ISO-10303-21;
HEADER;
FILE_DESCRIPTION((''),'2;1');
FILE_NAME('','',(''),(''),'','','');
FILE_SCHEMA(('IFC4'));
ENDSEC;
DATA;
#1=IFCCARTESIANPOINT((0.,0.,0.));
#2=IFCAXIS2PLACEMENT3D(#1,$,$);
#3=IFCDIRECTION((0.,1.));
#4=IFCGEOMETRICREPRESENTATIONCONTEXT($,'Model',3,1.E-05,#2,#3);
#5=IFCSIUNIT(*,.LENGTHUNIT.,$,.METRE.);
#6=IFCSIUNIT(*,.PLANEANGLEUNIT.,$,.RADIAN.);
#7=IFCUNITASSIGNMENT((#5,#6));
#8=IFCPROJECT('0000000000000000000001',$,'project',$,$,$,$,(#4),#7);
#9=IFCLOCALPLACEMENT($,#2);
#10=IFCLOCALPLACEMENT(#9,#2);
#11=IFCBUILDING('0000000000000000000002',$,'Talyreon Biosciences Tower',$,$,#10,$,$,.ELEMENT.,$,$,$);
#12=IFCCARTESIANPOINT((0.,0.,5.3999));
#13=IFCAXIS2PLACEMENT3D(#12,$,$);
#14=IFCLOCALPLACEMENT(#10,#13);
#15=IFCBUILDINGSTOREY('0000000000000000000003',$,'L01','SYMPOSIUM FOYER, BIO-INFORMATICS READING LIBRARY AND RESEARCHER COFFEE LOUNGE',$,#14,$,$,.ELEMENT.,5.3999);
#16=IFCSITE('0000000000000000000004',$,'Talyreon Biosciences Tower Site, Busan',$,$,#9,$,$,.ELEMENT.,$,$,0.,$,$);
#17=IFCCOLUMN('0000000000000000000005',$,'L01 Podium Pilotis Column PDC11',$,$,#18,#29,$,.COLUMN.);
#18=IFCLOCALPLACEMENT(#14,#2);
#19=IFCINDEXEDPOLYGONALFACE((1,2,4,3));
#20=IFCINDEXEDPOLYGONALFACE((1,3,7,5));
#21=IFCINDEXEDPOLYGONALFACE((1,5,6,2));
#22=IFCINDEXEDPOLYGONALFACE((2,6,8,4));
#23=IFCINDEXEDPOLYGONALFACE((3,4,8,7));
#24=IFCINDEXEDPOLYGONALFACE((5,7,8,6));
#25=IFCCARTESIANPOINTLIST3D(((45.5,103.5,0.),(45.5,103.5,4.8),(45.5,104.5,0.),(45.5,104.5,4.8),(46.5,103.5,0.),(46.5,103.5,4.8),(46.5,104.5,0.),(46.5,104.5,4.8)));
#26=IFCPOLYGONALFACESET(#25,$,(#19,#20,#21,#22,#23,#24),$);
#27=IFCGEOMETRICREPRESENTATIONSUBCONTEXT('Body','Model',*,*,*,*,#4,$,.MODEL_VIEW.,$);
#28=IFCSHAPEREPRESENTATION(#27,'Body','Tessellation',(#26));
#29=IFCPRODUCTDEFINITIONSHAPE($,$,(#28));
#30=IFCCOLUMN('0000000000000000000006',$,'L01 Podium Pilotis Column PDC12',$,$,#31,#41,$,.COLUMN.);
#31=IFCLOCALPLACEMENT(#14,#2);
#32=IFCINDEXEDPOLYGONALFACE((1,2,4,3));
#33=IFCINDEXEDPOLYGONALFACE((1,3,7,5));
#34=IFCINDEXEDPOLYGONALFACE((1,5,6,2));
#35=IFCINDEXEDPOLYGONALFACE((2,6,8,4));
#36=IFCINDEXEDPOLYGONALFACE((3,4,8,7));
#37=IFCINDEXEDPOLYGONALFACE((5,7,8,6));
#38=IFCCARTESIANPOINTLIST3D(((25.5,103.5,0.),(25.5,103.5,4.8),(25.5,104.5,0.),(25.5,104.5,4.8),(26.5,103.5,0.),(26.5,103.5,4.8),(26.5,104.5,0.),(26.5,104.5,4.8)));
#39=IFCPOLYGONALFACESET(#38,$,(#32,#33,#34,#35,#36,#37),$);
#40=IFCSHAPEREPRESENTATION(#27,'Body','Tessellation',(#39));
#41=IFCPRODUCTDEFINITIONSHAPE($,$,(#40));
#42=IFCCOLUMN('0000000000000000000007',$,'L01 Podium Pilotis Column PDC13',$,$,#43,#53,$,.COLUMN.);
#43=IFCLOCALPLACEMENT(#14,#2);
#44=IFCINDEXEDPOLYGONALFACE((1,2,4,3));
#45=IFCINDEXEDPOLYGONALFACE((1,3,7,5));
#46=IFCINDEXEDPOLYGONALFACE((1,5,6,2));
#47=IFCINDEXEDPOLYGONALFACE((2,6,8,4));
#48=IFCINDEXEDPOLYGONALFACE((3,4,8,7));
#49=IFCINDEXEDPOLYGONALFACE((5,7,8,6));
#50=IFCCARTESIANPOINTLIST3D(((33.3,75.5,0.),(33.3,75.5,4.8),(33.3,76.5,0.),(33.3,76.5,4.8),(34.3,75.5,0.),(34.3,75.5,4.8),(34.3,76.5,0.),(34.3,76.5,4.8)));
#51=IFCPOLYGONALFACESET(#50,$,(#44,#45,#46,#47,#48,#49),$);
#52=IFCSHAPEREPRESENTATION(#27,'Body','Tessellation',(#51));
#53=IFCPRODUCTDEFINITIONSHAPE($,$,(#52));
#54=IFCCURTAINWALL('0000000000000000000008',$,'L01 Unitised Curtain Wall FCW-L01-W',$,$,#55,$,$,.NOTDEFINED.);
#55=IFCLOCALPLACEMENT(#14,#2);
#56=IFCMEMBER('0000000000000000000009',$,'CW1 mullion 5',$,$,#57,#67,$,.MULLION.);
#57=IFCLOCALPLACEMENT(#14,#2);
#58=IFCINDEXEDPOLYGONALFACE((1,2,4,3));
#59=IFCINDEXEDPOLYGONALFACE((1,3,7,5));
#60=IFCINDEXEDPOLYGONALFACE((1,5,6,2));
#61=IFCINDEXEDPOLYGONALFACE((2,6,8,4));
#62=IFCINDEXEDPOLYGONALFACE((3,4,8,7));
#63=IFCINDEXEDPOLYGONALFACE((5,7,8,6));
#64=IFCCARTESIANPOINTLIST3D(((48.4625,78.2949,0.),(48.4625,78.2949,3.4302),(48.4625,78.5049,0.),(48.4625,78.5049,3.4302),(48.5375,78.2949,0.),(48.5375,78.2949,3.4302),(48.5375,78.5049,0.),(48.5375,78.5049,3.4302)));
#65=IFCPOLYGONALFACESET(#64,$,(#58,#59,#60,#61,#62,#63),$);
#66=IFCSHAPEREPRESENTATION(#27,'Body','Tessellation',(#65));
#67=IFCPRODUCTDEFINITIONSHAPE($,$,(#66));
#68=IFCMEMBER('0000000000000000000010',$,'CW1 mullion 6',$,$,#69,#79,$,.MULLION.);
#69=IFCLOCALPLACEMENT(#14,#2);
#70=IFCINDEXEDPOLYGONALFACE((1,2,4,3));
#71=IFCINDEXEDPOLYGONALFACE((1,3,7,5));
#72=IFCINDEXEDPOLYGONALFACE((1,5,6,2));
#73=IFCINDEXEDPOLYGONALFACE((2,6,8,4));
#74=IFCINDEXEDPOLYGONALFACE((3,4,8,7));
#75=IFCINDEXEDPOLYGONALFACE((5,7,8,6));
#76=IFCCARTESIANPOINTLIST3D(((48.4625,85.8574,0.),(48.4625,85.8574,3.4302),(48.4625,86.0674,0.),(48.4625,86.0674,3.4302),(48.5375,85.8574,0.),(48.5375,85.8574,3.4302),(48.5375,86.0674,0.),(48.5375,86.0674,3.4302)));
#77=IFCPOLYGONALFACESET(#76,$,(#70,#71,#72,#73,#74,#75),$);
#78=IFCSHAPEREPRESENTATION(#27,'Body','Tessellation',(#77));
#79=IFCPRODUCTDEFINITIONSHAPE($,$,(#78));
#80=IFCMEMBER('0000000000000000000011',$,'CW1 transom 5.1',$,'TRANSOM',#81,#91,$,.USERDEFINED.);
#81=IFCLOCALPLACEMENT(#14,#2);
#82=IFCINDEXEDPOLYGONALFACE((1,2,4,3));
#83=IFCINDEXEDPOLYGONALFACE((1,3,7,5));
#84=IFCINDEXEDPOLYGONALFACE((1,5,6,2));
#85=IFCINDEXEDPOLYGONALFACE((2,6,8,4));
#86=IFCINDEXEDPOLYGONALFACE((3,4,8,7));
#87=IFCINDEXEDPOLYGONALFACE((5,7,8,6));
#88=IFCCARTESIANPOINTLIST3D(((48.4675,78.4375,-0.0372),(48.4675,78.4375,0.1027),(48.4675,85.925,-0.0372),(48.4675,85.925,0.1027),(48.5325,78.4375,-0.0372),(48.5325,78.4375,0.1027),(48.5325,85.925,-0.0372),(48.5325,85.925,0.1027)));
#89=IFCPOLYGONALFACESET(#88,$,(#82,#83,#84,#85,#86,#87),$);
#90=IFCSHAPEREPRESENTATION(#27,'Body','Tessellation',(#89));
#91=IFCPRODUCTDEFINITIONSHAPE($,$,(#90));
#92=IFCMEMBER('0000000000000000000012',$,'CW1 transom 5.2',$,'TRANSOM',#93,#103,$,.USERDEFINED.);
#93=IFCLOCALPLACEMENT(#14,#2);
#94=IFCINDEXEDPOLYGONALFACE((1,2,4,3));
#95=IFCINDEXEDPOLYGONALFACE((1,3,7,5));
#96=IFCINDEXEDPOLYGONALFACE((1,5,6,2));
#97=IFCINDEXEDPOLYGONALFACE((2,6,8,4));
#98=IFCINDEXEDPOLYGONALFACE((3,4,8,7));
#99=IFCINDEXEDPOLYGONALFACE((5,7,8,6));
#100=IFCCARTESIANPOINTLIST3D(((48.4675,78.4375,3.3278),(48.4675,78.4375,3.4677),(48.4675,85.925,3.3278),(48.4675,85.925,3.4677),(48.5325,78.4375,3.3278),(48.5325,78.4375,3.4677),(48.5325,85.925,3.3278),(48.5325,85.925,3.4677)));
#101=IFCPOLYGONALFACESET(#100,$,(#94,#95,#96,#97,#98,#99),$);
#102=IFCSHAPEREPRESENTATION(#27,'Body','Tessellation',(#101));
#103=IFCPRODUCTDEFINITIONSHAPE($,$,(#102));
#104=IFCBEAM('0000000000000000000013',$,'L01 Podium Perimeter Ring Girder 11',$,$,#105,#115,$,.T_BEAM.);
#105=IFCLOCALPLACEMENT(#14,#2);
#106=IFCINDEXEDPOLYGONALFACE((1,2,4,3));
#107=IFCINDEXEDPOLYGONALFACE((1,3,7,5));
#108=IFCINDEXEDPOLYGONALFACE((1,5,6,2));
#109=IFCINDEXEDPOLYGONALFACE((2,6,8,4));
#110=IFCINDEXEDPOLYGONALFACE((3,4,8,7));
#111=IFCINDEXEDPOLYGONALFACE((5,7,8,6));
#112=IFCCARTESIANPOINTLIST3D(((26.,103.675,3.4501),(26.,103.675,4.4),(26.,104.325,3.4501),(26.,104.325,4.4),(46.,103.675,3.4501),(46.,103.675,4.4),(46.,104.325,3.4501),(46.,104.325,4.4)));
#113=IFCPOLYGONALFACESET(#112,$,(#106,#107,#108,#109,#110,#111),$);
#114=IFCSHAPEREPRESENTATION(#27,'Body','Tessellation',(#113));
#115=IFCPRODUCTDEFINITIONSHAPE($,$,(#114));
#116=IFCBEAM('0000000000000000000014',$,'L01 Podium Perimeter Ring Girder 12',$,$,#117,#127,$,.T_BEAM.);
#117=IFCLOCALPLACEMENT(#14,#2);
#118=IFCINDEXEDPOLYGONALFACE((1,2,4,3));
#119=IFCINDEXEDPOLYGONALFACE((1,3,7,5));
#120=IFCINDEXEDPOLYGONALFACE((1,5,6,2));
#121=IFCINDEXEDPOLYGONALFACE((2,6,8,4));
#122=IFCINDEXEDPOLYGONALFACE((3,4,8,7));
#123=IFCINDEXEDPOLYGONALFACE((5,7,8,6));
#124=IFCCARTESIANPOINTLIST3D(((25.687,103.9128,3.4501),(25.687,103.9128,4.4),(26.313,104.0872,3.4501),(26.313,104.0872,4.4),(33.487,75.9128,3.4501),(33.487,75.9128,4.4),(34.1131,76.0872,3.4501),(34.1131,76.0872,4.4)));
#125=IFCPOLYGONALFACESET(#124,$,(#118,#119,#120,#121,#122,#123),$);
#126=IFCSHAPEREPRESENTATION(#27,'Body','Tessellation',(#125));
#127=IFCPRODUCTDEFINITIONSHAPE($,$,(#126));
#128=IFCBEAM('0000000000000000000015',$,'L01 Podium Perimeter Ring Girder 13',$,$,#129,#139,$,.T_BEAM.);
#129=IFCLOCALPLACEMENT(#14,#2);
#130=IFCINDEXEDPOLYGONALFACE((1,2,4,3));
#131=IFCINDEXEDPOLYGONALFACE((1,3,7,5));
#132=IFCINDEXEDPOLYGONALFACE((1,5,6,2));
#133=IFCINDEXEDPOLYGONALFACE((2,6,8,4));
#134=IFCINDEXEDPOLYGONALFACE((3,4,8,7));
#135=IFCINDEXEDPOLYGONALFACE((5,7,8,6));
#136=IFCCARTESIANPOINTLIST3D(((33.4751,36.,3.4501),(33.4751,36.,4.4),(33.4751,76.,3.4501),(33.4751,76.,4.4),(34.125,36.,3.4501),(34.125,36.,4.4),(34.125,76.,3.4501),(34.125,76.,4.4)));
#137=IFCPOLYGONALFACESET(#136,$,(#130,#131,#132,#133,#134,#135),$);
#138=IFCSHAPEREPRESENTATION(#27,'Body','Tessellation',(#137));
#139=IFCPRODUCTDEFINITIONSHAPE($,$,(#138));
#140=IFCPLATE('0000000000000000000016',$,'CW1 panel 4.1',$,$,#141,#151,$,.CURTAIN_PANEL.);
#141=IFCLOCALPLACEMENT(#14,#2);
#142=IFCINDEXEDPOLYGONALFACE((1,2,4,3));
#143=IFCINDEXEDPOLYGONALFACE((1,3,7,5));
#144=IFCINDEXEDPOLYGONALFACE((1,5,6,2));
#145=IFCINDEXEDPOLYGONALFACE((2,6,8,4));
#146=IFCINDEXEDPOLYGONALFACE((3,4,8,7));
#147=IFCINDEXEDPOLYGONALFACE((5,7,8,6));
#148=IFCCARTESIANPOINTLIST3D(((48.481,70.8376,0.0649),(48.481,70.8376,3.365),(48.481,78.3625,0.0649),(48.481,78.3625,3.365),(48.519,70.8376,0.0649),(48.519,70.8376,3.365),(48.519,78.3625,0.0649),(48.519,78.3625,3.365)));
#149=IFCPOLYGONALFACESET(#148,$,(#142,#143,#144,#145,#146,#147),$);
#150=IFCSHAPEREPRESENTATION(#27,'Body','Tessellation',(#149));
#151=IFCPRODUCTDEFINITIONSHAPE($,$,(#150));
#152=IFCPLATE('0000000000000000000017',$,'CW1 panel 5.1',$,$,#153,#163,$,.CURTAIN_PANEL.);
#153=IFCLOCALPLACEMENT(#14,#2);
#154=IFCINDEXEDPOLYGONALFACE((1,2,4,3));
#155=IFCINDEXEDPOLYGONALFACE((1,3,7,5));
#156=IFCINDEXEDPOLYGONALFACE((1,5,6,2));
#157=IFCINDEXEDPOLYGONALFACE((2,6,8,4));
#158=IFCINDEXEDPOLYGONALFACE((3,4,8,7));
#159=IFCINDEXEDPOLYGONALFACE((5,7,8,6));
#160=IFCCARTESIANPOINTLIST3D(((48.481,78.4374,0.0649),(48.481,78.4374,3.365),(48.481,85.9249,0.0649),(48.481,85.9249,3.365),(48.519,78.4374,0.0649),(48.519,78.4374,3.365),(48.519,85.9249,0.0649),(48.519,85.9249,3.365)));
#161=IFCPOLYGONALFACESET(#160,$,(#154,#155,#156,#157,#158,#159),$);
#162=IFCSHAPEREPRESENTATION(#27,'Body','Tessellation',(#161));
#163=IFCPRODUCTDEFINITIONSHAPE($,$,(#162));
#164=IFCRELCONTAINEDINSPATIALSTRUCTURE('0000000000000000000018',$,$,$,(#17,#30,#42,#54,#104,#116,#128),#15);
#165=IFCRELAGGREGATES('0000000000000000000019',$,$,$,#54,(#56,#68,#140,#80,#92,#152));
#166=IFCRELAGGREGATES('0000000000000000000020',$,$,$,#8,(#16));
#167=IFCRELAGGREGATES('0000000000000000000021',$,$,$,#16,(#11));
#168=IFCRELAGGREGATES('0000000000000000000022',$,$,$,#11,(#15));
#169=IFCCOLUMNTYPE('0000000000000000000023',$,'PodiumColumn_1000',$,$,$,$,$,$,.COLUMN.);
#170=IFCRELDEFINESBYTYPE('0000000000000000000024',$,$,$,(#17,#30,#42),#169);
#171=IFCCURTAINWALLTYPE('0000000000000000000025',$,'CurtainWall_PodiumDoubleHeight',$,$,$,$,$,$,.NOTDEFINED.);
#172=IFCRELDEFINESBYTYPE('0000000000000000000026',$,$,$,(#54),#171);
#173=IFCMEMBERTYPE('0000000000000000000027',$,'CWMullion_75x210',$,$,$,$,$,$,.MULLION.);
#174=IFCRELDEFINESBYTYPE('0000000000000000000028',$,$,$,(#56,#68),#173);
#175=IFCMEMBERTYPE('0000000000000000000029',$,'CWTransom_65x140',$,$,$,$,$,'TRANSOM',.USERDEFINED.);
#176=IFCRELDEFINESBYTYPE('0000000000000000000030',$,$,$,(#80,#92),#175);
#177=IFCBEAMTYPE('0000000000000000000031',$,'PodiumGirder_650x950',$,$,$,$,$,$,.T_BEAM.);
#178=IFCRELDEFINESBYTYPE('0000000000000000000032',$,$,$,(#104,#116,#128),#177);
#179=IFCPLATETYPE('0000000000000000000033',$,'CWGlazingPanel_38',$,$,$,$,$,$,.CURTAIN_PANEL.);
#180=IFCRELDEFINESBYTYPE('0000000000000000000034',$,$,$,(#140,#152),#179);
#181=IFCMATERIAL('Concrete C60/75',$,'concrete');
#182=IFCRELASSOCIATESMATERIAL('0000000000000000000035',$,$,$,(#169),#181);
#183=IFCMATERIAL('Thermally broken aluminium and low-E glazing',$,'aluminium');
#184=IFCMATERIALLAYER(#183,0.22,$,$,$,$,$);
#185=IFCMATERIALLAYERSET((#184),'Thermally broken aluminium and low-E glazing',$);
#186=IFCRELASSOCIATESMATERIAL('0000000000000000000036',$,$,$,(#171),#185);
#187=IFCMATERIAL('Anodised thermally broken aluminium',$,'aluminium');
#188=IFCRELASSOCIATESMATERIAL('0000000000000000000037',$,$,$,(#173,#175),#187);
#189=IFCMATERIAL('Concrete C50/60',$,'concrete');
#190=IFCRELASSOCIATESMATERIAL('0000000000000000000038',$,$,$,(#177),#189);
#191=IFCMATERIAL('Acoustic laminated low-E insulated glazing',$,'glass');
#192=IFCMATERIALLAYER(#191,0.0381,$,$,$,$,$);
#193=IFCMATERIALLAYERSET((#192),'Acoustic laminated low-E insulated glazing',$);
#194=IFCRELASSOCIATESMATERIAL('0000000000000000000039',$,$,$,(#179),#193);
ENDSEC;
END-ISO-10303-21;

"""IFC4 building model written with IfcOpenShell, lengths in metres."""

from ifc_helpers import new_model, si_unit, direction, frame, origin, origin_2d, place, context, subcontext, project, spatial, rectangle, extrude, material, layer, layer_set, material_profile, profile_set, type_object, element, aggregate, save


model = new_model("IFC4")

# Units and contexts
model_context = context("Model", 3, precision=1e-05, world=origin(), true_north=direction((0.0, 1.0)))
body_context = subcontext(model_context, "Body", "Model", "MODEL_VIEW")
ifc_project = project(units=[si_unit("LENGTHUNIT", "METRE"), si_unit("PLANEANGLEUNIT", "RADIAN")], contexts=[model_context])

# Site, building, storey
site_placement = place(None, origin())
site = spatial("IfcSite", under=ifc_project, at=site_placement, Name="Talyreon Biosciences Tower Site, Busan", CompositionType="ELEMENT", RefElevation=0.0)
building_placement = place(site_placement, origin())
building = spatial("IfcBuilding", under=site, at=building_placement, Name="Talyreon Biosciences Tower", CompositionType="ELEMENT")
storey_placement = place(building_placement, frame((0.0, 0.0, 5.3999)))
storey = spatial("IfcBuildingStorey", under=building, at=storey_placement, Name="L01", Description="SYMPOSIUM FOYER, BIO-INFORMATICS READING LIBRARY AND RESEARCHER COFFEE LOUNGE", CompositionType="ELEMENT", Elevation=5.3999)

# Columns
ifc_material_1 = material(Name="Concrete C60/75", Category="concrete")
ifc_material_profile_1 = material_profile(ifc_material_1, rectangle(XDim=1.0, YDim=1.0, at=origin_2d()), Name="RC 1000x1000")
ifc_profile_set_1 = profile_set([ifc_material_profile_1], Name="Concrete C60/75")
column_type = type_object("IfcColumnType", Name="PodiumColumn_1000", PredefinedType="COLUMN", material=ifc_profile_set_1)
for number, where, z_axis, x_axis, name in (
    (1, (46.0, 104.0, 0.0), (0.0, 0.0, 1.0), (1.0, 0.0, 0.0), "L01 Podium Pilotis Column PDC11"),
    (2, (26.0, 104.0, 0.0), (0.0, 0.0, 1.0), (1.0, 0.0, 0.0), "L01 Podium Pilotis Column PDC12"),
    (3, (33.8, 76.0, 0.0), (0.0, 0.0, 1.0), (1.0, 0.0, 0.0), "L01 Podium Pilotis Column PDC13"),
):
    element("IfcColumn", number, at=place(storey_placement, frame(where, z_axis=z_axis, x_axis=x_axis)), inside=storey, type_object=column_type, Name=name, PredefinedType="COLUMN", context=body_context, shape_type="SweptSolid", body=[
        extrude(rectangle(XDim=1.0, YDim=1.0, at=origin_2d()), origin(), (0.0, 0.0, 1.0), 4.8),
    ])

# Curtain wall, members
ifc_material_2 = material(Name="Thermally broken aluminium and low-E glazing", Category="aluminium")
ifc_layer_1 = layer(ifc_material_2, 0.22)
ifc_layer_set_1 = layer_set([ifc_layer_1], Name="Thermally broken aluminium and low-E glazing")
curtain_wall_type = type_object("IfcCurtainWallType", Name="CurtainWall_PodiumDoubleHeight", PredefinedType="NOTDEFINED", material=ifc_layer_set_1)
curtain_wall_placement = place(storey_placement, origin())
curtain_wall = element("IfcCurtainWall", 4, at=curtain_wall_placement, inside=storey, type_object=curtain_wall_type, Name="L01 Unitised Curtain Wall FCW-L01-W", PredefinedType="NOTDEFINED")
ifc_material_3 = material(Name="Anodised thermally broken aluminium", Category="aluminium")
ifc_material_profile_2 = material_profile(ifc_material_3, rectangle(XDim=0.075, YDim=0.21, at=origin_2d()), Name="ALUM MULLION 75x210")
ifc_profile_set_2 = profile_set([ifc_material_profile_2], Name="Anodised thermally broken aluminium")
member_type_1 = type_object("IfcMemberType", Name="CWMullion_75x210", PredefinedType="MULLION", material=ifc_profile_set_2)
member_1_placement = place(storey_placement, frame((48.5, 78.3999, 0.0), z_axis=(0.0, 0.0, 1.0), x_axis=(-1.0, 0.0, 0.0)))
member_1 = element("IfcMember", 5, at=member_1_placement, type_object=member_type_1, Name="CW1 mullion 5", PredefinedType="MULLION", context=body_context, shape_type="SweptSolid", body=[
    extrude(rectangle(XDim=0.075, YDim=0.21, at=origin_2d()), origin(), (0.0, 0.0, 1.0), 3.4302),
])
member_2_placement = place(storey_placement, frame((48.5, 85.9624, 0.0), z_axis=(0.0, 0.0, 1.0), x_axis=(-1.0, 0.0, 0.0)))
member_2 = element("IfcMember", 6, at=member_2_placement, type_object=member_type_1, Name="CW1 mullion 6", PredefinedType="MULLION", context=body_context, shape_type="SweptSolid", body=[
    extrude(rectangle(XDim=0.075, YDim=0.21, at=origin_2d()), origin(), (0.0, 0.0, 1.0), 3.4302),
])
ifc_material_profile_3 = material_profile(ifc_material_3, rectangle(XDim=0.0649, YDim=0.1399, at=origin_2d()), Name="ALUM TRANSOM 65x140")
ifc_profile_set_3 = profile_set([ifc_material_profile_3], Name="Anodised thermally broken aluminium")
member_type_2 = type_object("IfcMemberType", Name="CWTransom_65x140", ElementType="TRANSOM", PredefinedType="USERDEFINED", material=ifc_profile_set_3)
member_3_placement = place(storey_placement, frame((48.5, 78.4375, 0.0327), z_axis=(0.0, 1.0, 0.0), x_axis=(-1.0, 0.0, 0.0)))
member_3 = element("IfcMember", 7, at=member_3_placement, type_object=member_type_2, Name="CW1 transom 5.1", ObjectType="TRANSOM", PredefinedType="USERDEFINED", context=body_context, shape_type="SweptSolid", body=[
    extrude(rectangle(XDim=0.0649, YDim=0.1399, at=origin_2d()), origin(), (0.0, 0.0, 1.0), 7.4875),
])
member_4_placement = place(storey_placement, frame((48.5, 78.4375, 3.3977), z_axis=(0.0, 1.0, 0.0), x_axis=(-1.0, 0.0, 0.0)))
member_4 = element("IfcMember", 8, at=member_4_placement, type_object=member_type_2, Name="CW1 transom 5.2", ObjectType="TRANSOM", PredefinedType="USERDEFINED", context=body_context, shape_type="SweptSolid", body=[
    extrude(rectangle(XDim=0.0649, YDim=0.1399, at=origin_2d()), origin(), (0.0, 0.0, 1.0), 7.4875),
])

# Beams
ifc_material_4 = material(Name="Concrete C50/60", Category="concrete")
ifc_material_profile_4 = material_profile(ifc_material_4, rectangle(XDim=0.6499, YDim=0.95, at=origin_2d()), Name="RCB 650x950")
ifc_profile_set_4 = profile_set([ifc_material_profile_4], Name="Concrete C50/60")
beam_type = type_object("IfcBeamType", Name="PodiumGirder_650x950", PredefinedType="T_BEAM", material=ifc_profile_set_4)
beam_1_placement = place(storey_placement, frame((46.0, 104.0, 3.925), z_axis=(-1.0, 0.0, 0.0), x_axis=(0.0, -1.0, 0.0)))
element("IfcBeam", 9, at=beam_1_placement, inside=storey, type_object=beam_type, Name="L01 Podium Perimeter Ring Girder 11", PredefinedType="T_BEAM", context=body_context, shape_type="SweptSolid", body=[
    extrude(rectangle(XDim=0.6499, YDim=0.95, at=origin_2d()), origin(), (0.0, 0.0, 1.0), 20.0),
])
beam_2_placement = place(storey_placement, frame((26.0, 104.0, 3.925), z_axis=(0.268355, -0.96332, 0.0), x_axis=(0.96332, 0.268355, 0.0)))
element("IfcBeam", 10, at=beam_2_placement, inside=storey, type_object=beam_type, Name="L01 Podium Perimeter Ring Girder 12", PredefinedType="T_BEAM", context=body_context, shape_type="SweptSolid", body=[
    extrude(rectangle(XDim=0.6499, YDim=0.95, at=origin_2d()), origin(), (0.0, 0.0, 1.0), 29.0662),
])
beam_3_placement = place(storey_placement, frame((33.8, 76.0, 3.925), z_axis=(0.0, -1.0, 0.0), x_axis=(1.0, 0.0, 0.0)))
element("IfcBeam", 11, at=beam_3_placement, inside=storey, type_object=beam_type, Name="L01 Podium Perimeter Ring Girder 13", PredefinedType="T_BEAM", context=body_context, shape_type="SweptSolid", body=[
    extrude(rectangle(XDim=0.6499, YDim=0.95, at=origin_2d()), origin(), (0.0, 0.0, 1.0), 40.0),
])

# Plates
ifc_material_5 = material(Name="Acoustic laminated low-E insulated glazing", Category="glass")
ifc_layer_2 = layer(ifc_material_5, 0.0381)
ifc_layer_set_2 = layer_set([ifc_layer_2], Name="Acoustic laminated low-E insulated glazing")
plate_type = type_object("IfcPlateType", Name="CWGlazingPanel_38", PredefinedType="CURTAIN_PANEL", material=ifc_layer_set_2)
plate_1_placement = place(storey_placement, frame((48.5, 74.6001, 0.0649), z_axis=(0.0, 0.0, 1.0), x_axis=(0.0, 1.0, 0.0)))
plate_1 = element("IfcPlate", 12, at=plate_1_placement, type_object=plate_type, Name="CW1 panel 4.1", PredefinedType="CURTAIN_PANEL", context=body_context, shape_type="SweptSolid", body=[
    extrude(rectangle(XDim=7.5249, YDim=0.0381, at=origin_2d()), origin(), (0.0, 0.0, 1.0), 3.3),
])
plate_2_placement = place(storey_placement, frame((48.5, 82.1812, 0.0649), z_axis=(0.0, 0.0, 1.0), x_axis=(0.0, 1.0, 0.0)))
plate_2 = element("IfcPlate", 13, at=plate_2_placement, type_object=plate_type, Name="CW1 panel 5.1", PredefinedType="CURTAIN_PANEL", context=body_context, shape_type="SweptSolid", body=[
    extrude(rectangle(XDim=7.4875, YDim=0.0381, at=origin_2d()), origin(), (0.0, 0.0, 1.0), 3.3),
])
aggregate(curtain_wall, [member_1, member_2, plate_1, member_3, member_4, plate_2])

save(model, "model.ifc")
